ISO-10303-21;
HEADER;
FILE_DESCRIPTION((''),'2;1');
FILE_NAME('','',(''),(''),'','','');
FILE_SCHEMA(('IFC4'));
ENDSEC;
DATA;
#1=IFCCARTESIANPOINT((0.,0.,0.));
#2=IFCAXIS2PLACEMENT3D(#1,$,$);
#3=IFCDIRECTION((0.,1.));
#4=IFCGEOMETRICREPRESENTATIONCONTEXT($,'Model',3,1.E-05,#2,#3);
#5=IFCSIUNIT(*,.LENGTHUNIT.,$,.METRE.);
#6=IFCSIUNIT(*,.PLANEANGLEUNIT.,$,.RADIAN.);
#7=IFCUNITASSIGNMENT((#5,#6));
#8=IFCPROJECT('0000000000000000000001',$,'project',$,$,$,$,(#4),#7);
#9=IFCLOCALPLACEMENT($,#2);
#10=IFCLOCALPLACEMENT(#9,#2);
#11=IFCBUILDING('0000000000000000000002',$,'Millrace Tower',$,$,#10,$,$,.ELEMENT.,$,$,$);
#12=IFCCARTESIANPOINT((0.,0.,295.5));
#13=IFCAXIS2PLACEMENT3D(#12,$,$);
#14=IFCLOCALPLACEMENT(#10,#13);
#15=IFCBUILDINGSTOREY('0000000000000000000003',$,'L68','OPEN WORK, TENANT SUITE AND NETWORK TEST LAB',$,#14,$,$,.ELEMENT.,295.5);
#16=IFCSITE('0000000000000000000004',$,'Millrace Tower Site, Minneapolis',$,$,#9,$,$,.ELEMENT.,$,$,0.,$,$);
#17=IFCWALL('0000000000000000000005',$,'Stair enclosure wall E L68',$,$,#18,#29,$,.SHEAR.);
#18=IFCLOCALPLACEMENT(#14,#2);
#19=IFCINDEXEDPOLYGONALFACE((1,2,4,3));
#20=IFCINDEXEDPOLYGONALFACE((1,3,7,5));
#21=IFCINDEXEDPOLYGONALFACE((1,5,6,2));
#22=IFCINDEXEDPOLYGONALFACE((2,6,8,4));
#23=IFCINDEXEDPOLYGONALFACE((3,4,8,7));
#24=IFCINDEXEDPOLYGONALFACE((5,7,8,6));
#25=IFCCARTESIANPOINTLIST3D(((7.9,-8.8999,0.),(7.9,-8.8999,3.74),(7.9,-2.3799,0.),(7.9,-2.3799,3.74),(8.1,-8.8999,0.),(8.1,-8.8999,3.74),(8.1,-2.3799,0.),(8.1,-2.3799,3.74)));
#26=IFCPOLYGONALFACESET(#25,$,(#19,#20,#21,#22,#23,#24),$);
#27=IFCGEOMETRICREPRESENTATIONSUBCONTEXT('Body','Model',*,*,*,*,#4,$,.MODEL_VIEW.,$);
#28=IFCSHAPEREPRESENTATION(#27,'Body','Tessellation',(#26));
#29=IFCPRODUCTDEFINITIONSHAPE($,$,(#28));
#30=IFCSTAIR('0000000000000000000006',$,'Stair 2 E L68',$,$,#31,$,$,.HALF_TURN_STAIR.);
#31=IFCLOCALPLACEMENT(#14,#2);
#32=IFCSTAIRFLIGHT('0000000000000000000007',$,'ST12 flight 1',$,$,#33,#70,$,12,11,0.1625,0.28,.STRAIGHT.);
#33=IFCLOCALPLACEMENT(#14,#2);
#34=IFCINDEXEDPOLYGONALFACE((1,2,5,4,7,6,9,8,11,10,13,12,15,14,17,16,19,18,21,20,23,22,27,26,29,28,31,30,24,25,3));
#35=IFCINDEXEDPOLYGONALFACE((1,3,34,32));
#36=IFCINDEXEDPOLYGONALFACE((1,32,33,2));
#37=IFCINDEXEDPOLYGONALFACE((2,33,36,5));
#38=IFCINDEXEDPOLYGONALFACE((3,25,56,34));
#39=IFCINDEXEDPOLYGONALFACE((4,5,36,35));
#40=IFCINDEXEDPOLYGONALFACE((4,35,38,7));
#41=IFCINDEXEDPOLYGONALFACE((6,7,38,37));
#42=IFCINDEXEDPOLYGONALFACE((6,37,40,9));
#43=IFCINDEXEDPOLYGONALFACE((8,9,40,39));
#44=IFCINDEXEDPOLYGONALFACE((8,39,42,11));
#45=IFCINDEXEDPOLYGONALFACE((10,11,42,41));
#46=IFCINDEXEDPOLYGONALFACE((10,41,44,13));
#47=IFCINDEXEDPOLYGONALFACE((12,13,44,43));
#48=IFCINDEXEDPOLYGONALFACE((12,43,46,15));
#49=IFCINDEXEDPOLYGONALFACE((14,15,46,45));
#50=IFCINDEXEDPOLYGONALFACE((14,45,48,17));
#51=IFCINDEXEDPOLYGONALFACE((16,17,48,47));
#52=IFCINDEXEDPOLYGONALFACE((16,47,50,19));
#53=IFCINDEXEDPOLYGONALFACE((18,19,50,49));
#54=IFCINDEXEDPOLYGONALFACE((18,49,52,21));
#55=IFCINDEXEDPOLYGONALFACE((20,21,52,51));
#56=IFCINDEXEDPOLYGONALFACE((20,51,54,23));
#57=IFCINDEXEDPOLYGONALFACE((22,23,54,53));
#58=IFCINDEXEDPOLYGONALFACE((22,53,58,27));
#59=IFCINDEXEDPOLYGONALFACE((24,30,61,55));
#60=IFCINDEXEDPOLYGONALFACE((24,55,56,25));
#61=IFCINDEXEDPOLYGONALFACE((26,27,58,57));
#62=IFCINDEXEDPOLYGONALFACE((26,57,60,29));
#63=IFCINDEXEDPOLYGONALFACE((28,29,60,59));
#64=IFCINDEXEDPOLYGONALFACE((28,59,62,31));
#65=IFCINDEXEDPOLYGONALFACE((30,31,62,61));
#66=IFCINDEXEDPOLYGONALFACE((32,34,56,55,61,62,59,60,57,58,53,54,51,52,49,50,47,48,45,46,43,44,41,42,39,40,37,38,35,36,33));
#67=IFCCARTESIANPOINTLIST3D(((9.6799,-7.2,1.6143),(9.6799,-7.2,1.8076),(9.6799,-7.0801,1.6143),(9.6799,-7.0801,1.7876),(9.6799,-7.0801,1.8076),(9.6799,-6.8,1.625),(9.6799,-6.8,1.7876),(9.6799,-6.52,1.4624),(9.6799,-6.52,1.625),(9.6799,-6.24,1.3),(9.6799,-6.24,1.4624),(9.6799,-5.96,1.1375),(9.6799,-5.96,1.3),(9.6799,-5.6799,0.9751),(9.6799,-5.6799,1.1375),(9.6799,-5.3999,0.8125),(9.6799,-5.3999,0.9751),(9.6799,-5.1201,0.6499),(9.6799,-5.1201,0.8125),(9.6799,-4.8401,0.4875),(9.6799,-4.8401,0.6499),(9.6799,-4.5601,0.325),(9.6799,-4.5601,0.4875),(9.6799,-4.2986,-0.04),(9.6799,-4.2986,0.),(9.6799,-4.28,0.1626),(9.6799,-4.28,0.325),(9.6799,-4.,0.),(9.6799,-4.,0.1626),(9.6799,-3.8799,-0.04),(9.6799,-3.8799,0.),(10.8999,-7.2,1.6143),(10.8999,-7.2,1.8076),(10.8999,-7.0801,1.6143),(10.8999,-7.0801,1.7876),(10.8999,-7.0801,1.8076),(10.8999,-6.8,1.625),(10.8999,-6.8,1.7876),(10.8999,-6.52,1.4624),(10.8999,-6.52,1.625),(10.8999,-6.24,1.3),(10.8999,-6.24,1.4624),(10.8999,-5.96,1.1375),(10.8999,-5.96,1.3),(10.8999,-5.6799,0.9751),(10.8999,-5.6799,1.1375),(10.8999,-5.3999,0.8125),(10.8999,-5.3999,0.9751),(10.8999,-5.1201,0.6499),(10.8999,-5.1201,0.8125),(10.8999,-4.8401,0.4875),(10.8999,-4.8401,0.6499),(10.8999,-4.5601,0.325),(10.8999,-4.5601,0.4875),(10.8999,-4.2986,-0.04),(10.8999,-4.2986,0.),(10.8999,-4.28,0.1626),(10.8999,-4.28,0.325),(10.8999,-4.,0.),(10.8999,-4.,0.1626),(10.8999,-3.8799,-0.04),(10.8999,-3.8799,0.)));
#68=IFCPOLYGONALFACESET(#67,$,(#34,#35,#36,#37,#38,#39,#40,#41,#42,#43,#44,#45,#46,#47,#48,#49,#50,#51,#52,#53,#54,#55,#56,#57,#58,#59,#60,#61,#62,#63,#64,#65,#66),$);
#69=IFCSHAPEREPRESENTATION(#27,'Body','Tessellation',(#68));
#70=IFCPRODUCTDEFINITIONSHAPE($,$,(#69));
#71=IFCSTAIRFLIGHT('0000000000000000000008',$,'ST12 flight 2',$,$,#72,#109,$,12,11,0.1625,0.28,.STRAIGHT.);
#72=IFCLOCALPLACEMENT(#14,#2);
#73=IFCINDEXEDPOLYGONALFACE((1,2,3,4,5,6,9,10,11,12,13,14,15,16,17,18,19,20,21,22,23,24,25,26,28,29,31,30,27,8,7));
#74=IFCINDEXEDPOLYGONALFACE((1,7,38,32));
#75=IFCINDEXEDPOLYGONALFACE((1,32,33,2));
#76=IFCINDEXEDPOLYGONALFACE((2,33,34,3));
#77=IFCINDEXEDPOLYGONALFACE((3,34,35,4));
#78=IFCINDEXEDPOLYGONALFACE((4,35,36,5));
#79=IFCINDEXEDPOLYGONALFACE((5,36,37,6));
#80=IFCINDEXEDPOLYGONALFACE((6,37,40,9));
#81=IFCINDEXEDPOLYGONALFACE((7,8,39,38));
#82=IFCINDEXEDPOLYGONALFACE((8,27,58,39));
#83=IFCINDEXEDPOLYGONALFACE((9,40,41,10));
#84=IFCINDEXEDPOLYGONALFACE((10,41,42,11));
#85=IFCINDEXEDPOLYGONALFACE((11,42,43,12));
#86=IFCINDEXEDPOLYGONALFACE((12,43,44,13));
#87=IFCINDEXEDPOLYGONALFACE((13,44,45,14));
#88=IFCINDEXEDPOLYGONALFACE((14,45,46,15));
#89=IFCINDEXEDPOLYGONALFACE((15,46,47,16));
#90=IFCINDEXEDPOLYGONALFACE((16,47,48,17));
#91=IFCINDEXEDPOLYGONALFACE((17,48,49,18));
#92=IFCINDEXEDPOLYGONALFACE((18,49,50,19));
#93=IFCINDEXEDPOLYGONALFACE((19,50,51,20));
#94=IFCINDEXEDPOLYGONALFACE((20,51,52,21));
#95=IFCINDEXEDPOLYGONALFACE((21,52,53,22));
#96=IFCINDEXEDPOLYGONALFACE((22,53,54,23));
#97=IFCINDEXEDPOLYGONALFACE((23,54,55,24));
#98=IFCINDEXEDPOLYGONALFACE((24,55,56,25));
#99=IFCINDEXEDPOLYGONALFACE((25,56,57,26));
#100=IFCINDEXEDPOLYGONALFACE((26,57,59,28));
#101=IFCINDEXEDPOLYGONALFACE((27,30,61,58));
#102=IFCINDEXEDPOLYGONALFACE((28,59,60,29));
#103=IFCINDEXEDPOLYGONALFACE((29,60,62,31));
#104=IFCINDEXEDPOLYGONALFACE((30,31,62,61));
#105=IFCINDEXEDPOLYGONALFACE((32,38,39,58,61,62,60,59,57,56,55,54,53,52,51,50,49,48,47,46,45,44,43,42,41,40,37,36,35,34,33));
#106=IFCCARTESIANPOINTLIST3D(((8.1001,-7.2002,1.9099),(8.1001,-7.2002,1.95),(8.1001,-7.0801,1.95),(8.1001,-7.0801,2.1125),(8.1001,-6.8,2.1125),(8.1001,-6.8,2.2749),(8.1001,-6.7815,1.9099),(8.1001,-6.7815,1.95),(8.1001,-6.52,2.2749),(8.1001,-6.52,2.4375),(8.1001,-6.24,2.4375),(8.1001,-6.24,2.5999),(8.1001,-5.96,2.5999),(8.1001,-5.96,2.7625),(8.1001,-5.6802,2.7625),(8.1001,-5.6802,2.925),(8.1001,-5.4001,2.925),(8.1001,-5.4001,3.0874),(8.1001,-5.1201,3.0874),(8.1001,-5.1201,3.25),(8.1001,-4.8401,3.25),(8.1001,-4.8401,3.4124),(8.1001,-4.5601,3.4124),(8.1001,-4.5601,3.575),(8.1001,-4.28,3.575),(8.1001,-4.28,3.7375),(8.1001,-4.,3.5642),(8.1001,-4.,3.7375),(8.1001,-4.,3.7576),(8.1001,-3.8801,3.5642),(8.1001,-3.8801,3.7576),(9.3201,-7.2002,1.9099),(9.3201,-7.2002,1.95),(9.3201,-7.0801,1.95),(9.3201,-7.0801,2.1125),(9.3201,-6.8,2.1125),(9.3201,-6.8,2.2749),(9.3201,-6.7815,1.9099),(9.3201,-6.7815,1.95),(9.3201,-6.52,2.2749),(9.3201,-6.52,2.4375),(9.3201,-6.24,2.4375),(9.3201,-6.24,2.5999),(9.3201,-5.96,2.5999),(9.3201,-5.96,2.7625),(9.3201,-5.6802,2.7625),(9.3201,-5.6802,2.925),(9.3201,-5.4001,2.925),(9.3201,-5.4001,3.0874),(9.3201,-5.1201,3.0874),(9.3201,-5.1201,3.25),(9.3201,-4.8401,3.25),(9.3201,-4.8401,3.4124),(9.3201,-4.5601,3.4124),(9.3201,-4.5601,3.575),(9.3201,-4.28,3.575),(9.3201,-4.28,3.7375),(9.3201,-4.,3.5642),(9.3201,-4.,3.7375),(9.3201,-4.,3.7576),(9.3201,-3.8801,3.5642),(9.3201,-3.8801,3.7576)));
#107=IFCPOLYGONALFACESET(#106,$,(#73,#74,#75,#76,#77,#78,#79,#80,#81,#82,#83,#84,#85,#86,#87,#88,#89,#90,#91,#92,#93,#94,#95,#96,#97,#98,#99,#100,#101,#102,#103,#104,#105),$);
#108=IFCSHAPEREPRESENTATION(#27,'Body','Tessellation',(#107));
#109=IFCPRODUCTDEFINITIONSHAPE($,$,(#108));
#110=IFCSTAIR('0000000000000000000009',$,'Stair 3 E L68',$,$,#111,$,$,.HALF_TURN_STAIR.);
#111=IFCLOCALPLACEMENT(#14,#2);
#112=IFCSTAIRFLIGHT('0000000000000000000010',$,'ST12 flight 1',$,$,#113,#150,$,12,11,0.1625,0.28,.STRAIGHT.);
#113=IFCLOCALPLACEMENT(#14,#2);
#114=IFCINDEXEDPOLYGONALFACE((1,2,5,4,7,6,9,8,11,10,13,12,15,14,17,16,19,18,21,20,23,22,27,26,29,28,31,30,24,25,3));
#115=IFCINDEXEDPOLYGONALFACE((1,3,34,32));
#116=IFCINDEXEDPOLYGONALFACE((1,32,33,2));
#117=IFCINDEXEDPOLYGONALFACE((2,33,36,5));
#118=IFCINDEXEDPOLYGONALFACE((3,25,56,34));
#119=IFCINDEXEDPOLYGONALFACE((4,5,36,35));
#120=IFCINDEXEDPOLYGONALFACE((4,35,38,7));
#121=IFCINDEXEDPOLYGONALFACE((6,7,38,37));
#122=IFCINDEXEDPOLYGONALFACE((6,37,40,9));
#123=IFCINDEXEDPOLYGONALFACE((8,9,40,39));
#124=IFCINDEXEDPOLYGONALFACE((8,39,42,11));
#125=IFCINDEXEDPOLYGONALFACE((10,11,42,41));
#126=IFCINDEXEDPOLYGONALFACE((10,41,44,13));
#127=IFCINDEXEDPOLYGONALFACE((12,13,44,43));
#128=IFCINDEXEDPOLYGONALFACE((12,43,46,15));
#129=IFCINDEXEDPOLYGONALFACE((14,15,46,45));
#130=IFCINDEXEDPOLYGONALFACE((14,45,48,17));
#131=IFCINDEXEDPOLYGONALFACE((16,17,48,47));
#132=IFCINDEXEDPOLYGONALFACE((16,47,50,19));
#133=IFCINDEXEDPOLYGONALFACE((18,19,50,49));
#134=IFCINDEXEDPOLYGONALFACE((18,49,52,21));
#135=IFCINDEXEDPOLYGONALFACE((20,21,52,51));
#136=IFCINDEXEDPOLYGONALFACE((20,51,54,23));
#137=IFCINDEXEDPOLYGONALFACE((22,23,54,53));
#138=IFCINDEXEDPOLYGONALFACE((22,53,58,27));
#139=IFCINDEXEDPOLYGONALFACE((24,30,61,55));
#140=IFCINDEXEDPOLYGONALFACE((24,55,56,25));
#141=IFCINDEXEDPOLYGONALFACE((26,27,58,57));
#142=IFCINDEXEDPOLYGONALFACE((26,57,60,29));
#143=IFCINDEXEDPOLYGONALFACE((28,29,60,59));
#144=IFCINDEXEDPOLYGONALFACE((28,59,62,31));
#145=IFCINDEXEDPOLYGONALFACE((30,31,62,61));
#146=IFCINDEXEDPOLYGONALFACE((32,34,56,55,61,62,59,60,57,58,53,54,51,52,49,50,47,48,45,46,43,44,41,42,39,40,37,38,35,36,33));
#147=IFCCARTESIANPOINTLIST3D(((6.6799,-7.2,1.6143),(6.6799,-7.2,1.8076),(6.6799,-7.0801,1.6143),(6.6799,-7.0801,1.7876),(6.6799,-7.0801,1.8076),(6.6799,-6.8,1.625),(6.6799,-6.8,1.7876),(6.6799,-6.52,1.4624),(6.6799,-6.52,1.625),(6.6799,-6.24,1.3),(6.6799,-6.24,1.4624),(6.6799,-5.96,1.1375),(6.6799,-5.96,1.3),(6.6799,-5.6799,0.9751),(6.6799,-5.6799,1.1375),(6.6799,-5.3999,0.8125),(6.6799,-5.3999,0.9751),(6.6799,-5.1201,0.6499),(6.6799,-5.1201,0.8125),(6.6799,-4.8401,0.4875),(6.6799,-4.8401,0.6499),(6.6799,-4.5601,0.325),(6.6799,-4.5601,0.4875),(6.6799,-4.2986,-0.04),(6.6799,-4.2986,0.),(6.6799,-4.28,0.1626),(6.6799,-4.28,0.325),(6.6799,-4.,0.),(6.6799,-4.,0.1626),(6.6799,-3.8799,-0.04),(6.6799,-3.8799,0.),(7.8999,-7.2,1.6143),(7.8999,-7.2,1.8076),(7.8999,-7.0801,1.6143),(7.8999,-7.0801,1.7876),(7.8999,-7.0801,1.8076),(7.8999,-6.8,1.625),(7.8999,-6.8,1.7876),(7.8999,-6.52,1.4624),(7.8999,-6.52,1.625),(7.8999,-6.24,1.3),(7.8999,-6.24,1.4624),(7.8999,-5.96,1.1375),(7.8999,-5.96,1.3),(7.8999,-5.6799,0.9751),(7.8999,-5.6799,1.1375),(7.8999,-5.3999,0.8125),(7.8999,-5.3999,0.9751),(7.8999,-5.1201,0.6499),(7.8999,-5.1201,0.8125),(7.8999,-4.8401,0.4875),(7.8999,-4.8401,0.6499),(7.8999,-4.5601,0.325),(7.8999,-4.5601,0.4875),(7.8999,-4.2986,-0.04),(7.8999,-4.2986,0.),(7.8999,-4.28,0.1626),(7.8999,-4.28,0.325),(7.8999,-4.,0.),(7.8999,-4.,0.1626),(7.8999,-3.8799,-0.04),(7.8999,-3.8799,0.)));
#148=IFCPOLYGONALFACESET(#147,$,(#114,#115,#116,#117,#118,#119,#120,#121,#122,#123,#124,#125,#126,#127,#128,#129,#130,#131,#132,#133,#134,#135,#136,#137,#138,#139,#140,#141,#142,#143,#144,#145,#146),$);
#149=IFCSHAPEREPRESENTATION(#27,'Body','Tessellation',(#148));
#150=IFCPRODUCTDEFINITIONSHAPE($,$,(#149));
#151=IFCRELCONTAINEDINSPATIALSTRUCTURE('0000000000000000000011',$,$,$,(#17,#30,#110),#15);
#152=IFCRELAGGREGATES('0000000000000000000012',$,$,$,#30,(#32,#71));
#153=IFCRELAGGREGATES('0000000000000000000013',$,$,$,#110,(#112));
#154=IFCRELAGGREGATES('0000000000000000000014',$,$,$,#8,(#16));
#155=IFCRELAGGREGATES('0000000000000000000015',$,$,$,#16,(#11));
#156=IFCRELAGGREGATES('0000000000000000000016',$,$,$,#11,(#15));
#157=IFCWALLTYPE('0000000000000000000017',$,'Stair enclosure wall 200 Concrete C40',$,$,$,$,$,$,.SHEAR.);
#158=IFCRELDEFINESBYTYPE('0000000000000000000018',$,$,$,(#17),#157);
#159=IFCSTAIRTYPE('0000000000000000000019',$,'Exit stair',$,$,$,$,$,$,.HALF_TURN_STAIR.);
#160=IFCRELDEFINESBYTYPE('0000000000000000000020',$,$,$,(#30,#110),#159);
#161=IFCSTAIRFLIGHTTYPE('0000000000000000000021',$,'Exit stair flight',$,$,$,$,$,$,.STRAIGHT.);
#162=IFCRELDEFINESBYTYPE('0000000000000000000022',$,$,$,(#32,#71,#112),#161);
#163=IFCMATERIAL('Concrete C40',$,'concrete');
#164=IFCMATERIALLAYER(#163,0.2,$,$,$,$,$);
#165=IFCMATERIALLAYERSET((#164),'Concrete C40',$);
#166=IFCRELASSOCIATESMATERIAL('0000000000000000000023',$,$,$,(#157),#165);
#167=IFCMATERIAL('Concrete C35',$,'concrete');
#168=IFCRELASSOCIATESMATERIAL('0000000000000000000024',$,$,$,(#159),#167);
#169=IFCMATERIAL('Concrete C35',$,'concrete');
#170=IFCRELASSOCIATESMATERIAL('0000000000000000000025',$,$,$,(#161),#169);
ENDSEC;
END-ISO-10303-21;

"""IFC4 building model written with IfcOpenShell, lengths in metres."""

from ifc_helpers import new_model, si_unit, direction, frame, frame_2d, origin, place, context, subcontext, project, spatial, polyline, rectangle, outline, extrude, material, layer, layer_set, type_object, element, aggregate, save


model = new_model("IFC4")

# Units and contexts
model_context = context("Model", 3, precision=1e-05, world=origin(), true_north=direction((0.0, 1.0)))
body_context = subcontext(model_context, "Body", "Model", "MODEL_VIEW")
ifc_project = project(units=[si_unit("LENGTHUNIT", "METRE"), si_unit("PLANEANGLEUNIT", "RADIAN")], contexts=[model_context])

# Site, building, storey
site_placement = place(None, origin())
site = spatial("IfcSite", under=ifc_project, at=site_placement, Name="Millrace Tower Site, Minneapolis", CompositionType="ELEMENT", RefElevation=0.0)
building_placement = place(site_placement, origin())
building = spatial("IfcBuilding", under=site, at=building_placement, Name="Millrace Tower", CompositionType="ELEMENT")
storey_placement = place(building_placement, frame((0.0, 0.0, 295.5)))
storey = spatial("IfcBuildingStorey", under=building, at=storey_placement, Name="L68", Description="OPEN WORK, TENANT SUITE AND NETWORK TEST LAB", CompositionType="ELEMENT", Elevation=295.5)

# Shared definitions
placement = place(storey_placement, origin())

# Wall
ifc_material_1 = material(Name="Concrete C40", Category="concrete")
ifc_layer_1 = layer(ifc_material_1, 0.2)
ifc_layer_set_1 = layer_set([ifc_layer_1], Name="Concrete C40")
wall_type_1 = type_object("IfcWallType", Name="Stair enclosure wall 200 Concrete C40", PredefinedType="SHEAR", material=ifc_layer_set_1)
wall_1_placement = place(storey_placement, frame((8.0, -2.3799, 0.0), z_axis=(0.0, 0.0, 1.0), x_axis=(0.0, -1.0, 0.0)))
element("IfcWall", 1, at=wall_1_placement, inside=storey, type_object=wall_type_1, Name="Stair enclosure wall E L68", PredefinedType="SHEAR", context=body_context, shape_type="SweptSolid", body=[
    extrude(rectangle(XDim=6.52, YDim=0.2, at=frame_2d((3.26, 0.0))), origin(), (0.0, 0.0, 1.0), 3.74),
])

# Stairs, stair flights
ifc_material_2 = material(Name="Concrete C35", Category="concrete")
stair_type = type_object("IfcStairType", Name="Exit stair", PredefinedType="HALF_TURN_STAIR", material=ifc_material_2)
stair_1 = element("IfcStair", 2, at=placement, inside=storey, type_object=stair_type, Name="Stair 2 E L68", PredefinedType="HALF_TURN_STAIR")
ifc_material_3 = material(Name="Concrete C35", Category="concrete")
stair_flight_type = type_object("IfcStairFlightType", Name="Exit stair flight", PredefinedType="STRAIGHT", material=ifc_material_3)
stair_flight_1_placement = place(storey_placement, frame((10.29, -4.0, 0.0), z_axis=(0.0, 0.0, 1.0), x_axis=(0.0, -1.0, 0.0)))
stair_flight_1 = element("IfcStairFlight", 3, at=stair_flight_1_placement, type_object=stair_flight_type, Name="ST12 flight 1", NumberOfRisers=12, NumberOfTreads=11, PredefinedType="STRAIGHT", RiserHeight=0.1625, TreadLength=0.28, context=body_context, shape_type="SweptSolid", body=[
    extrude(outline(polyline([(-0.1201, -0.04), (-0.1201, 0.0), (0.0, 0.0), (0.0, 0.1626), (0.28, 0.1626), (0.28, 0.325), (0.5601, 0.325), (0.5601, 0.4875), (0.8401, 0.4875), (0.8401, 0.6499), (1.1201, 0.6499), (1.1201, 0.8125), (1.3999, 0.8125), (1.3999, 0.9751), (1.6799, 0.9751), (1.6799, 1.1375), (1.96, 1.1375), (1.96, 1.3), (2.24, 1.3), (2.24, 1.4624), (2.52, 1.4624), (2.52, 1.625), (2.8, 1.625), (2.8, 1.7876), (3.0801, 1.7876), (3.0801, 1.8076), (3.2, 1.8076), (3.2, 1.6143), (3.0801, 1.6143), (0.2986, 0.0), (0.2986, -0.04), (-0.1201, -0.04)])), frame((0.0, 0.6099, 0.0), z_axis=(0.0, -1.0, 0.0), x_axis=(1.0, 0.0, 0.0)), (0.0, 0.0, 1.0), 1.22),
])
stair_flight_2_placement = place(storey_placement, frame((8.71, -7.0801, 1.95), z_axis=(0.0, 0.0, 1.0), x_axis=(0.0, 1.0, 0.0)))
stair_flight_2 = element("IfcStairFlight", 4, at=stair_flight_2_placement, type_object=stair_flight_type, Name="ST12 flight 2", NumberOfRisers=12, NumberOfTreads=11, PredefinedType="STRAIGHT", RiserHeight=0.1625, TreadLength=0.28, context=body_context, shape_type="SweptSolid", body=[
    extrude(outline(polyline([(-0.1201, -0.04), (-0.1201, 0.0), (0.0, 0.0), (0.0, 0.1626), (0.28, 0.1626), (0.28, 0.325), (0.5601, 0.325), (0.5601, 0.4875), (0.8401, 0.4875), (0.8401, 0.6499), (1.1201, 0.6499), (1.1201, 0.8125), (1.3999, 0.8125), (1.3999, 0.9751), (1.6799, 0.9751), (1.6799, 1.1375), (1.96, 1.1375), (1.96, 1.3), (2.24, 1.3), (2.24, 1.4624), (2.52, 1.4624), (2.52, 1.625), (2.8, 1.625), (2.8, 1.7876), (3.0801, 1.7876), (3.0801, 1.8076), (3.2, 1.8076), (3.2, 1.6143), (3.0801, 1.6143), (0.2986, 0.0), (0.2986, -0.04), (-0.1201, -0.04)])), frame((0.0, 0.6099, 0.0), z_axis=(0.0, -1.0, 0.0), x_axis=(1.0, 0.0, 0.0)), (0.0, 0.0, 1.0), 1.22),
])
aggregate(stair_1, [stair_flight_1, stair_flight_2])
stair_2 = element("IfcStair", 5, at=placement, inside=storey, type_object=stair_type, Name="Stair 3 E L68", PredefinedType="HALF_TURN_STAIR")
stair_flight_3_placement = place(storey_placement, frame((7.29, -4.0, 0.0), z_axis=(0.0, 0.0, 1.0), x_axis=(0.0, -1.0, 0.0)))
stair_flight_3 = element("IfcStairFlight", 6, at=stair_flight_3_placement, type_object=stair_flight_type, Name="ST12 flight 1", NumberOfRisers=12, NumberOfTreads=11, PredefinedType="STRAIGHT", RiserHeight=0.1625, TreadLength=0.28, context=body_context, shape_type="SweptSolid", body=[
    extrude(outline(polyline([(-0.1201, -0.04), (-0.1201, 0.0), (0.0, 0.0), (0.0, 0.1626), (0.28, 0.1626), (0.28, 0.325), (0.5601, 0.325), (0.5601, 0.4875), (0.8401, 0.4875), (0.8401, 0.6499), (1.1201, 0.6499), (1.1201, 0.8125), (1.3999, 0.8125), (1.3999, 0.9751), (1.6799, 0.9751), (1.6799, 1.1375), (1.96, 1.1375), (1.96, 1.3), (2.24, 1.3), (2.24, 1.4624), (2.52, 1.4624), (2.52, 1.625), (2.8, 1.625), (2.8, 1.7876), (3.0801, 1.7876), (3.0801, 1.8076), (3.2, 1.8076), (3.2, 1.6143), (3.0801, 1.6143), (0.2986, 0.0), (0.2986, -0.04), (-0.1201, -0.04)])), frame((0.0, 0.6099, 0.0), z_axis=(0.0, -1.0, 0.0), x_axis=(1.0, 0.0, 0.0)), (0.0, 0.0, 1.0), 1.22),
])
aggregate(stair_2, [stair_flight_3])

save(model, "model.ifc")
